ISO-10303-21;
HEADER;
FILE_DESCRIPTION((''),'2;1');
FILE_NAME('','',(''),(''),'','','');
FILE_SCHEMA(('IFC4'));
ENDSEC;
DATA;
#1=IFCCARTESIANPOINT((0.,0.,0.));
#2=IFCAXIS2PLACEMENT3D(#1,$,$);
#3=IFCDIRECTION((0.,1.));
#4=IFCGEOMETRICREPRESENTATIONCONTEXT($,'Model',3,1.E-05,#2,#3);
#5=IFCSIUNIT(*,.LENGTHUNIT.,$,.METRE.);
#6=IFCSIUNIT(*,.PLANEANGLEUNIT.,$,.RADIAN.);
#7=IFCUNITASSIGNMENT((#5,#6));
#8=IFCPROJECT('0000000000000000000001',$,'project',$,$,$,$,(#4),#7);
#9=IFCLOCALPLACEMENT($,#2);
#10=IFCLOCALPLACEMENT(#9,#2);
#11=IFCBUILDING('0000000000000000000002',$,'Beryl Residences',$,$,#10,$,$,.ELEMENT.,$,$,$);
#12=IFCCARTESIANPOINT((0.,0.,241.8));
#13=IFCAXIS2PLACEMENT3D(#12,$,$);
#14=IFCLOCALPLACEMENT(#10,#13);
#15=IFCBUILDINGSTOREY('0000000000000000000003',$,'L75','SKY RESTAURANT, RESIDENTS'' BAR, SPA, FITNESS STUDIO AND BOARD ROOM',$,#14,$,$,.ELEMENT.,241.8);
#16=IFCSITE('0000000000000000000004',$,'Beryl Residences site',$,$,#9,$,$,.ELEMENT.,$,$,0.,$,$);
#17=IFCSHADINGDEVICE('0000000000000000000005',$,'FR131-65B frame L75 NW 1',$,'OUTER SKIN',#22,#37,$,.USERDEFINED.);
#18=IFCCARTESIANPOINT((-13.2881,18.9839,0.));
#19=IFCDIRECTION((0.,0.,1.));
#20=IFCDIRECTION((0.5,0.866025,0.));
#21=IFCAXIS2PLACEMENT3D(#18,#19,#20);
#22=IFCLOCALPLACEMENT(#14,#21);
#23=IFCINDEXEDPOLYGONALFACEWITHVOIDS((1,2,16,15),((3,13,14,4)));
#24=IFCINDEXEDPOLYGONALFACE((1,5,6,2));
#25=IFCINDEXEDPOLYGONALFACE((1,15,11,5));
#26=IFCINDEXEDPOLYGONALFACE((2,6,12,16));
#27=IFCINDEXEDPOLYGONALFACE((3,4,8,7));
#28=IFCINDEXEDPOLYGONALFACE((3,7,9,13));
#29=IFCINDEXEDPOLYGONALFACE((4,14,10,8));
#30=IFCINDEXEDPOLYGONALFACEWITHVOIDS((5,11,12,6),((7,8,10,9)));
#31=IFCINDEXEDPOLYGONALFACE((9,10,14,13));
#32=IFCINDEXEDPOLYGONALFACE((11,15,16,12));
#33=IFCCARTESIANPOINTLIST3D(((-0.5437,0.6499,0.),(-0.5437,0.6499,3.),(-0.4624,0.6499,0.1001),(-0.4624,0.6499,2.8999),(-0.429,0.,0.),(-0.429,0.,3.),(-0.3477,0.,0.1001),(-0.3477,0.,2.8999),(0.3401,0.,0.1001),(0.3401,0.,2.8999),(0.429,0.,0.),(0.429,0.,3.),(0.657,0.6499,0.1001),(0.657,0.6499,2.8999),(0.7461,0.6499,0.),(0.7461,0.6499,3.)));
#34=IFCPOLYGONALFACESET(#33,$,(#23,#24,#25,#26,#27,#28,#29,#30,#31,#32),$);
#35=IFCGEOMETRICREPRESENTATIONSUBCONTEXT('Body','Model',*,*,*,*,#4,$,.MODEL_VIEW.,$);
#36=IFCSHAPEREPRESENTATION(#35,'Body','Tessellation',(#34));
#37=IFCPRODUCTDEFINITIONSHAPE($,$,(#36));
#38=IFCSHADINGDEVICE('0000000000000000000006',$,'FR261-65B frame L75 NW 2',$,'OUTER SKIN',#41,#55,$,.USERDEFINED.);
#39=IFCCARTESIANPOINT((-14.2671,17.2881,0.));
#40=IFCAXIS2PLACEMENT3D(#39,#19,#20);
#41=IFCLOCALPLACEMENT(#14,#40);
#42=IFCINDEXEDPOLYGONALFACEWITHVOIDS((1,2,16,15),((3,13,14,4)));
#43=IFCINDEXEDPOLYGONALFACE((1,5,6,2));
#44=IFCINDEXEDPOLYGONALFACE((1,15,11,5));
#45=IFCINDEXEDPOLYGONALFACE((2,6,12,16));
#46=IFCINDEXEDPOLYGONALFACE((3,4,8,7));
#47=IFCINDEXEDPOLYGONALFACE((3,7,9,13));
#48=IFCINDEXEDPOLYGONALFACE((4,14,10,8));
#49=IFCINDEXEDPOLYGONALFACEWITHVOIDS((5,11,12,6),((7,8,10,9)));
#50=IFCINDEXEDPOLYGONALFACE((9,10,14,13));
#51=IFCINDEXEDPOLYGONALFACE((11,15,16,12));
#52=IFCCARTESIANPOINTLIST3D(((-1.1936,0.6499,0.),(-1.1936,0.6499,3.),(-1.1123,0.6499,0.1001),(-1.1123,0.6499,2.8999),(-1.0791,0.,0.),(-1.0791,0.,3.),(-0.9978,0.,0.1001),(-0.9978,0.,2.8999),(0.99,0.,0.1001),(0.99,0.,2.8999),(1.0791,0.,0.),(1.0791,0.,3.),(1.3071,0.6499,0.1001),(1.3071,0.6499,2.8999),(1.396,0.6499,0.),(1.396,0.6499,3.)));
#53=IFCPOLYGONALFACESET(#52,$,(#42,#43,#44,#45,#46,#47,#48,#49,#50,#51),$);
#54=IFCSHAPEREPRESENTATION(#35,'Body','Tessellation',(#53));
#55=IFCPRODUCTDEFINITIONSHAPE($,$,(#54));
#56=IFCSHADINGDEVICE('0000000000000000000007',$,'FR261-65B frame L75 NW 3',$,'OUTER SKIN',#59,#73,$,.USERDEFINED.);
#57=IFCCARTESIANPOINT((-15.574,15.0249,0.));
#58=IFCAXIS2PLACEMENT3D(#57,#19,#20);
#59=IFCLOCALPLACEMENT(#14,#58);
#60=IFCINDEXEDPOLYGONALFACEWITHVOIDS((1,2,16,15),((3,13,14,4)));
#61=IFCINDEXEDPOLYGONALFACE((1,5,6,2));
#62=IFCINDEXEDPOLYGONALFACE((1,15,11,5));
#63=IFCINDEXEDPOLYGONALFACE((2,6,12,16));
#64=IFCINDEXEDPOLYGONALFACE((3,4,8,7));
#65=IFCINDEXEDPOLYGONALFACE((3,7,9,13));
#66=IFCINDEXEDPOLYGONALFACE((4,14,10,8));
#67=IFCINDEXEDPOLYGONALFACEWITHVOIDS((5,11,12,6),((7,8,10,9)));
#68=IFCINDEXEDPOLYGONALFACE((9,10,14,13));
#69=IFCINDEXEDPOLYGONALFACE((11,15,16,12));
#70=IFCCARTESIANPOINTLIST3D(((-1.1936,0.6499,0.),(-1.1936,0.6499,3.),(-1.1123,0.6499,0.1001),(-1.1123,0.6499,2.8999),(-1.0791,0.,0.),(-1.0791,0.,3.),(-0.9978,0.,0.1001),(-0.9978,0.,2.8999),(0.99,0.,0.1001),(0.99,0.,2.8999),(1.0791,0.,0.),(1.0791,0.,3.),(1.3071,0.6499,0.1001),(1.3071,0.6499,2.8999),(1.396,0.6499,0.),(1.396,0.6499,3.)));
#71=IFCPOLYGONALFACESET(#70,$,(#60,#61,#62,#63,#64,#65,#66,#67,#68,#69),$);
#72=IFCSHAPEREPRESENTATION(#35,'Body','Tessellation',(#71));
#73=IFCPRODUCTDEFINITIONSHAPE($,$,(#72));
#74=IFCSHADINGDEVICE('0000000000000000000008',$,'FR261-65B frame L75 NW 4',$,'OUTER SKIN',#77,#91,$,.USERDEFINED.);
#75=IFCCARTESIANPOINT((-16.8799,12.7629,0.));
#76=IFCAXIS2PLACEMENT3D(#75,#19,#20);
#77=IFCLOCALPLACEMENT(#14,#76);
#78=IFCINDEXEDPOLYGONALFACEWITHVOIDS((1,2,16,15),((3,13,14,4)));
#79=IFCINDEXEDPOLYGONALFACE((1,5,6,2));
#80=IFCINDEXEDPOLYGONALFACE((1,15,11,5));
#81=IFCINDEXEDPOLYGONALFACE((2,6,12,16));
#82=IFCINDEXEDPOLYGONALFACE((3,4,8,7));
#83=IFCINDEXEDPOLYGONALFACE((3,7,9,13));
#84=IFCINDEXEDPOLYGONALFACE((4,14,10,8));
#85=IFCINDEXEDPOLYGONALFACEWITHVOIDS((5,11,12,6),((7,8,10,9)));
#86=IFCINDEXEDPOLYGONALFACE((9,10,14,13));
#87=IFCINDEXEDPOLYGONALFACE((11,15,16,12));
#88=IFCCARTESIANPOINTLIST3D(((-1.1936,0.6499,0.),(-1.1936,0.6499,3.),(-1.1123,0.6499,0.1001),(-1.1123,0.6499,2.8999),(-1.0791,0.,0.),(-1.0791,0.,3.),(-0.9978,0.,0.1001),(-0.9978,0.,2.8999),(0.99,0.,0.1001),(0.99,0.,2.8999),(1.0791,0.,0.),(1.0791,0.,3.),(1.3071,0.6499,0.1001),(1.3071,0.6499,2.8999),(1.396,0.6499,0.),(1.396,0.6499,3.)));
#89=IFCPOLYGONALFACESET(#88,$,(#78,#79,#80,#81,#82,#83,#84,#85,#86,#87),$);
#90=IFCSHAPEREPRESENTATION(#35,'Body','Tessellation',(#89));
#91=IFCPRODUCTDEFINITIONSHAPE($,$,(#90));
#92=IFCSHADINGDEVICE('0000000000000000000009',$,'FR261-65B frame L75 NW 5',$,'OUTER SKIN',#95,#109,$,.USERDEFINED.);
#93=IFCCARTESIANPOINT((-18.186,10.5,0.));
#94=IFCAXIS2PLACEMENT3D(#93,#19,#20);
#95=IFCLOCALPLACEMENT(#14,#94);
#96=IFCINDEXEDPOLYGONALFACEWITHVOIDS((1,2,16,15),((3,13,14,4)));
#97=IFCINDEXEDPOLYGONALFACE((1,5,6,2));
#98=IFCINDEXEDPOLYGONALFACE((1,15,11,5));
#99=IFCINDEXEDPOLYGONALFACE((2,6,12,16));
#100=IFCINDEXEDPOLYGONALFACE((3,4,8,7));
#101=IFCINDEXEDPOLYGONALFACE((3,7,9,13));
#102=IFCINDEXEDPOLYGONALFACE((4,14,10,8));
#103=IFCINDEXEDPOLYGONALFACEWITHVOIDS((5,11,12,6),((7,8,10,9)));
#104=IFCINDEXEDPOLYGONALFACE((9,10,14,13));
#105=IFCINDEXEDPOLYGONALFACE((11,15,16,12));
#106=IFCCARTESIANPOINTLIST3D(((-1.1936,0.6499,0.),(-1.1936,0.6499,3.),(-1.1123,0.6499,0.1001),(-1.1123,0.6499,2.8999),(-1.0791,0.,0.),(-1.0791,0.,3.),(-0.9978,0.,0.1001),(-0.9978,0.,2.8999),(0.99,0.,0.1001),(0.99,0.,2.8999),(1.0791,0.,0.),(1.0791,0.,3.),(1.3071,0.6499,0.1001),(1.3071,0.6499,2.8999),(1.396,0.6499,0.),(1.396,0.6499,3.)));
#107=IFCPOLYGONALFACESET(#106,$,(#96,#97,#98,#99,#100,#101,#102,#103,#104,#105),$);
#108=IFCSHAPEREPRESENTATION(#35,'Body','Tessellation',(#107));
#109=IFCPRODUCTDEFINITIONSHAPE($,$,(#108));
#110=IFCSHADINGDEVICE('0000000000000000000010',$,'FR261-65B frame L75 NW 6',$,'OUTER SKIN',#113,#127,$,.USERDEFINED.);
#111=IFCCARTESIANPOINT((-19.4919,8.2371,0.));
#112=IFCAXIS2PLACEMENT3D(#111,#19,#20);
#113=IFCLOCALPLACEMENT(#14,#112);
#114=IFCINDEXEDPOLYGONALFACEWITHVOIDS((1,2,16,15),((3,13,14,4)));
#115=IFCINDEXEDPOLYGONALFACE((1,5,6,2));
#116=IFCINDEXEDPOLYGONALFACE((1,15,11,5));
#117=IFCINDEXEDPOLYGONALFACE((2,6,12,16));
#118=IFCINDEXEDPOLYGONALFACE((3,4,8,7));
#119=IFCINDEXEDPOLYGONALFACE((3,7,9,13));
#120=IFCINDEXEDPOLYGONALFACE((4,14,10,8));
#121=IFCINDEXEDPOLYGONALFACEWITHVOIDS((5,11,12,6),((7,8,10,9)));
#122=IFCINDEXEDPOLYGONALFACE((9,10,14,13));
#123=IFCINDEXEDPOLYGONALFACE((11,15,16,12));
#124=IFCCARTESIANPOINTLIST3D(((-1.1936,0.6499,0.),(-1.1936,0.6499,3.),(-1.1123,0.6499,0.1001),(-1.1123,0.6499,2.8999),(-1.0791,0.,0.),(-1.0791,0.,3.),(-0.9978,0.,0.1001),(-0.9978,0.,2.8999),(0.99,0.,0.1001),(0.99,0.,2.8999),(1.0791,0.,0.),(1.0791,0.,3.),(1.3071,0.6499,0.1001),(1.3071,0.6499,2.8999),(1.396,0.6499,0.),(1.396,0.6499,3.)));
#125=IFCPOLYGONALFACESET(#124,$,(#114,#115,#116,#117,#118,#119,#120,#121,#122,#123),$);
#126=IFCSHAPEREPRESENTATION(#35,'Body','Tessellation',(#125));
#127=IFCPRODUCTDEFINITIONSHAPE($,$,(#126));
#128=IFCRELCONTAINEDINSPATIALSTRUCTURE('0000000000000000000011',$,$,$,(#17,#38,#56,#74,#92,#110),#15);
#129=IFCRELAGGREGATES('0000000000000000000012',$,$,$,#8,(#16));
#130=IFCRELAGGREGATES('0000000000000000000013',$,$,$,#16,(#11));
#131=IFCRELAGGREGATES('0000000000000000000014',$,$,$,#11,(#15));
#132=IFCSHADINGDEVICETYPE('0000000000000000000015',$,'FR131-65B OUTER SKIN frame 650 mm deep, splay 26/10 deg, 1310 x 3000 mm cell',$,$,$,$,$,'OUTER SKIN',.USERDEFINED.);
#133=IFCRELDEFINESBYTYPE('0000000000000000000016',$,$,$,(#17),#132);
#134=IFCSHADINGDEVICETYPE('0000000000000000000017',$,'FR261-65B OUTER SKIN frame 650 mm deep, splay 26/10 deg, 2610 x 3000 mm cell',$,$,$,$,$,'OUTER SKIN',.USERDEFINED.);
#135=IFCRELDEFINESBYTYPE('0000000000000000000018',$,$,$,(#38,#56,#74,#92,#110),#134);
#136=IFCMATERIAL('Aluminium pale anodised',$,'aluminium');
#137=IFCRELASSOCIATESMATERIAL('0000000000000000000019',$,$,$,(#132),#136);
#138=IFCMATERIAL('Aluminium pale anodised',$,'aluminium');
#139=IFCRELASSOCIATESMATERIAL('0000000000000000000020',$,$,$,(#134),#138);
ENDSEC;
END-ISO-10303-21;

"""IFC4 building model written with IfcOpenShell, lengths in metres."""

from ifc_helpers import new_model, entity, si_unit, direction, frame, origin, place, context, subcontext, project, spatial, source, transform, mapped, material, type_object, type_shapes, element, save


model = new_model("IFC4")

# Units and contexts
model_context = context("Model", 3, precision=1e-05, world=origin(), true_north=direction((0.0, 1.0)))
body_context = subcontext(model_context, "Body", "Model", "MODEL_VIEW")
ifc_project = project(units=[si_unit("LENGTHUNIT", "METRE"), si_unit("PLANEANGLEUNIT", "RADIAN")], contexts=[model_context])

# Site, building, storey
site_placement = place(None, origin())
site = spatial("IfcSite", under=ifc_project, at=site_placement, Name="Beryl Residences site", CompositionType="ELEMENT", RefElevation=0.0)
building_placement = place(site_placement, origin())
building = spatial("IfcBuilding", under=site, at=building_placement, Name="Beryl Residences", CompositionType="ELEMENT")
storey_placement = place(building_placement, frame((0.0, 0.0, 241.8)))
storey = spatial("IfcBuildingStorey", under=building, at=storey_placement, Name="L75", Description="SKY RESTAURANT, RESIDENTS' BAR, SPA, FITNESS STUDIO AND BOARD ROOM", CompositionType="ELEMENT", Elevation=241.8)

# Shading devices
ifc_material_1 = material(Name="Aluminium pale anodised", Category="aluminium")
shading_device_type_1 = type_object("IfcShadingDeviceType", Name="FR131-65B OUTER SKIN frame 650 mm deep, splay 26/10 deg, 1310 x 3000 mm cell", ElementType="OUTER SKIN", PredefinedType="USERDEFINED", material=ifc_material_1)
cartesian_point_1 = entity("IfcCartesianPoint", [-0.429, 0.0])
cartesian_point_2 = entity("IfcCartesianPoint", [-0.3401, 0.1001])
cartesian_point_3 = entity("IfcCartesianPoint", [-0.7461, 0.0])
cartesian_point_4 = entity("IfcCartesianPoint", [-0.657, 0.1001])
shared_shape_1 = source(origin(), body_context, "Body", "SweptSolid", [
    entity("IfcExtrudedAreaSolidTapered", entity("IfcArbitraryProfileDefWithVoids", "AREA", None, entity("IfcPolyline", [cartesian_point_1, entity("IfcCartesianPoint", [0.429, 0.0]), entity("IfcCartesianPoint", [0.429, 3.0]), entity("IfcCartesianPoint", [-0.429, 3.0]), cartesian_point_1]), [entity("IfcPolyline", [cartesian_point_2, entity("IfcCartesianPoint", [0.3477, 0.1001]), entity("IfcCartesianPoint", [0.3477, 2.8999]), entity("IfcCartesianPoint", [-0.3401, 2.8999]), cartesian_point_2])]), entity("IfcAxis2Placement3D", entity("IfcCartesianPoint", [0.0, 0.0, 0.0]), entity("IfcDirection", [0.0, 1.0, 0.0]), entity("IfcDirection", [-1.0, 0.0, 0.0])), entity("IfcDirection", [0.0, 0.0, 1.0]), 0.6499, entity("IfcArbitraryProfileDefWithVoids", "AREA", None, entity("IfcPolyline", [cartesian_point_3, entity("IfcCartesianPoint", [0.5437, 0.0]), entity("IfcCartesianPoint", [0.5437, 3.0]), entity("IfcCartesianPoint", [-0.7461, 3.0]), cartesian_point_3]), [entity("IfcPolyline", [cartesian_point_4, entity("IfcCartesianPoint", [0.4624, 0.1001]), entity("IfcCartesianPoint", [0.4624, 2.8999]), entity("IfcCartesianPoint", [-0.657, 2.8999]), cartesian_point_4])])),
])
type_shapes(shading_device_type_1, [shared_shape_1])
shading_device_placement = place(storey_placement, frame((-13.2881, 18.9839, 0.0), z_axis=(0.0, 0.0, 1.0), x_axis=(0.5, 0.866025, 0.0)))
element("IfcShadingDevice", 1, at=shading_device_placement, inside=storey, type_object=shading_device_type_1, Name="FR131-65B frame L75 NW 1", ObjectType="OUTER SKIN", PredefinedType="USERDEFINED", context=body_context, shape_type="MappedRepresentation", body=[
    mapped(shared_shape_1, transform((0.0, 0.0, 0.0))),
])
ifc_material_2 = material(Name="Aluminium pale anodised", Category="aluminium")
shading_device_type_2 = type_object("IfcShadingDeviceType", Name="FR261-65B OUTER SKIN frame 650 mm deep, splay 26/10 deg, 2610 x 3000 mm cell", ElementType="OUTER SKIN", PredefinedType="USERDEFINED", material=ifc_material_2)
cartesian_point_5 = entity("IfcCartesianPoint", [-1.0791, 0.0])
cartesian_point_6 = entity("IfcCartesianPoint", [-0.99, 0.1001])
cartesian_point_7 = entity("IfcCartesianPoint", [-1.396, 0.0])
cartesian_point_8 = entity("IfcCartesianPoint", [-1.3071, 0.1001])
shared_shape_2 = source(origin(), body_context, "Body", "SweptSolid", [
    entity("IfcExtrudedAreaSolidTapered", entity("IfcArbitraryProfileDefWithVoids", "AREA", None, entity("IfcPolyline", [cartesian_point_5, entity("IfcCartesianPoint", [1.0791, 0.0]), entity("IfcCartesianPoint", [1.0791, 3.0]), entity("IfcCartesianPoint", [-1.0791, 3.0]), cartesian_point_5]), [entity("IfcPolyline", [cartesian_point_6, entity("IfcCartesianPoint", [0.9978, 0.1001]), entity("IfcCartesianPoint", [0.9978, 2.8999]), entity("IfcCartesianPoint", [-0.99, 2.8999]), cartesian_point_6])]), entity("IfcAxis2Placement3D", entity("IfcCartesianPoint", [0.0, 0.0, 0.0]), entity("IfcDirection", [0.0, 1.0, 0.0]), entity("IfcDirection", [-1.0, 0.0, 0.0])), entity("IfcDirection", [0.0, 0.0, 1.0]), 0.6499, entity("IfcArbitraryProfileDefWithVoids", "AREA", None, entity("IfcPolyline", [cartesian_point_7, entity("IfcCartesianPoint", [1.1936, 0.0]), entity("IfcCartesianPoint", [1.1936, 3.0]), entity("IfcCartesianPoint", [-1.396, 3.0]), cartesian_point_7]), [entity("IfcPolyline", [cartesian_point_8, entity("IfcCartesianPoint", [1.1123, 0.1001]), entity("IfcCartesianPoint", [1.1123, 2.8999]), entity("IfcCartesianPoint", [-1.3071, 2.8999]), cartesian_point_8])])),
])
type_shapes(shading_device_type_2, [shared_shape_2])
for number, where, z_axis, x_axis, name in (
    (2, (-14.2671, 17.2881, 0.0), (0.0, 0.0, 1.0), (0.5, 0.866025, 0.0), "FR261-65B frame L75 NW 2"),
    (3, (-15.574, 15.0249, 0.0), (0.0, 0.0, 1.0), (0.5, 0.866025, 0.0), "FR261-65B frame L75 NW 3"),
    (4, (-16.8799, 12.7629, 0.0), (0.0, 0.0, 1.0), (0.5, 0.866025, 0.0), "FR261-65B frame L75 NW 4"),
    (5, (-18.186, 10.5, 0.0), (0.0, 0.0, 1.0), (0.5, 0.866025, 0.0), "FR261-65B frame L75 NW 5"),
    (6, (-19.4919, 8.2371, 0.0), (0.0, 0.0, 1.0), (0.5, 0.866025, 0.0), "FR261-65B frame L75 NW 6"),
):
    element("IfcShadingDevice", number, at=place(storey_placement, frame(where, z_axis=z_axis, x_axis=x_axis)), inside=storey, type_object=shading_device_type_2, Name=name, ObjectType="OUTER SKIN", PredefinedType="USERDEFINED", context=body_context, shape_type="MappedRepresentation", body=[
        mapped(shared_shape_2, transform((0.0, 0.0, 0.0))),
    ])

save(model, "model.ifc")
